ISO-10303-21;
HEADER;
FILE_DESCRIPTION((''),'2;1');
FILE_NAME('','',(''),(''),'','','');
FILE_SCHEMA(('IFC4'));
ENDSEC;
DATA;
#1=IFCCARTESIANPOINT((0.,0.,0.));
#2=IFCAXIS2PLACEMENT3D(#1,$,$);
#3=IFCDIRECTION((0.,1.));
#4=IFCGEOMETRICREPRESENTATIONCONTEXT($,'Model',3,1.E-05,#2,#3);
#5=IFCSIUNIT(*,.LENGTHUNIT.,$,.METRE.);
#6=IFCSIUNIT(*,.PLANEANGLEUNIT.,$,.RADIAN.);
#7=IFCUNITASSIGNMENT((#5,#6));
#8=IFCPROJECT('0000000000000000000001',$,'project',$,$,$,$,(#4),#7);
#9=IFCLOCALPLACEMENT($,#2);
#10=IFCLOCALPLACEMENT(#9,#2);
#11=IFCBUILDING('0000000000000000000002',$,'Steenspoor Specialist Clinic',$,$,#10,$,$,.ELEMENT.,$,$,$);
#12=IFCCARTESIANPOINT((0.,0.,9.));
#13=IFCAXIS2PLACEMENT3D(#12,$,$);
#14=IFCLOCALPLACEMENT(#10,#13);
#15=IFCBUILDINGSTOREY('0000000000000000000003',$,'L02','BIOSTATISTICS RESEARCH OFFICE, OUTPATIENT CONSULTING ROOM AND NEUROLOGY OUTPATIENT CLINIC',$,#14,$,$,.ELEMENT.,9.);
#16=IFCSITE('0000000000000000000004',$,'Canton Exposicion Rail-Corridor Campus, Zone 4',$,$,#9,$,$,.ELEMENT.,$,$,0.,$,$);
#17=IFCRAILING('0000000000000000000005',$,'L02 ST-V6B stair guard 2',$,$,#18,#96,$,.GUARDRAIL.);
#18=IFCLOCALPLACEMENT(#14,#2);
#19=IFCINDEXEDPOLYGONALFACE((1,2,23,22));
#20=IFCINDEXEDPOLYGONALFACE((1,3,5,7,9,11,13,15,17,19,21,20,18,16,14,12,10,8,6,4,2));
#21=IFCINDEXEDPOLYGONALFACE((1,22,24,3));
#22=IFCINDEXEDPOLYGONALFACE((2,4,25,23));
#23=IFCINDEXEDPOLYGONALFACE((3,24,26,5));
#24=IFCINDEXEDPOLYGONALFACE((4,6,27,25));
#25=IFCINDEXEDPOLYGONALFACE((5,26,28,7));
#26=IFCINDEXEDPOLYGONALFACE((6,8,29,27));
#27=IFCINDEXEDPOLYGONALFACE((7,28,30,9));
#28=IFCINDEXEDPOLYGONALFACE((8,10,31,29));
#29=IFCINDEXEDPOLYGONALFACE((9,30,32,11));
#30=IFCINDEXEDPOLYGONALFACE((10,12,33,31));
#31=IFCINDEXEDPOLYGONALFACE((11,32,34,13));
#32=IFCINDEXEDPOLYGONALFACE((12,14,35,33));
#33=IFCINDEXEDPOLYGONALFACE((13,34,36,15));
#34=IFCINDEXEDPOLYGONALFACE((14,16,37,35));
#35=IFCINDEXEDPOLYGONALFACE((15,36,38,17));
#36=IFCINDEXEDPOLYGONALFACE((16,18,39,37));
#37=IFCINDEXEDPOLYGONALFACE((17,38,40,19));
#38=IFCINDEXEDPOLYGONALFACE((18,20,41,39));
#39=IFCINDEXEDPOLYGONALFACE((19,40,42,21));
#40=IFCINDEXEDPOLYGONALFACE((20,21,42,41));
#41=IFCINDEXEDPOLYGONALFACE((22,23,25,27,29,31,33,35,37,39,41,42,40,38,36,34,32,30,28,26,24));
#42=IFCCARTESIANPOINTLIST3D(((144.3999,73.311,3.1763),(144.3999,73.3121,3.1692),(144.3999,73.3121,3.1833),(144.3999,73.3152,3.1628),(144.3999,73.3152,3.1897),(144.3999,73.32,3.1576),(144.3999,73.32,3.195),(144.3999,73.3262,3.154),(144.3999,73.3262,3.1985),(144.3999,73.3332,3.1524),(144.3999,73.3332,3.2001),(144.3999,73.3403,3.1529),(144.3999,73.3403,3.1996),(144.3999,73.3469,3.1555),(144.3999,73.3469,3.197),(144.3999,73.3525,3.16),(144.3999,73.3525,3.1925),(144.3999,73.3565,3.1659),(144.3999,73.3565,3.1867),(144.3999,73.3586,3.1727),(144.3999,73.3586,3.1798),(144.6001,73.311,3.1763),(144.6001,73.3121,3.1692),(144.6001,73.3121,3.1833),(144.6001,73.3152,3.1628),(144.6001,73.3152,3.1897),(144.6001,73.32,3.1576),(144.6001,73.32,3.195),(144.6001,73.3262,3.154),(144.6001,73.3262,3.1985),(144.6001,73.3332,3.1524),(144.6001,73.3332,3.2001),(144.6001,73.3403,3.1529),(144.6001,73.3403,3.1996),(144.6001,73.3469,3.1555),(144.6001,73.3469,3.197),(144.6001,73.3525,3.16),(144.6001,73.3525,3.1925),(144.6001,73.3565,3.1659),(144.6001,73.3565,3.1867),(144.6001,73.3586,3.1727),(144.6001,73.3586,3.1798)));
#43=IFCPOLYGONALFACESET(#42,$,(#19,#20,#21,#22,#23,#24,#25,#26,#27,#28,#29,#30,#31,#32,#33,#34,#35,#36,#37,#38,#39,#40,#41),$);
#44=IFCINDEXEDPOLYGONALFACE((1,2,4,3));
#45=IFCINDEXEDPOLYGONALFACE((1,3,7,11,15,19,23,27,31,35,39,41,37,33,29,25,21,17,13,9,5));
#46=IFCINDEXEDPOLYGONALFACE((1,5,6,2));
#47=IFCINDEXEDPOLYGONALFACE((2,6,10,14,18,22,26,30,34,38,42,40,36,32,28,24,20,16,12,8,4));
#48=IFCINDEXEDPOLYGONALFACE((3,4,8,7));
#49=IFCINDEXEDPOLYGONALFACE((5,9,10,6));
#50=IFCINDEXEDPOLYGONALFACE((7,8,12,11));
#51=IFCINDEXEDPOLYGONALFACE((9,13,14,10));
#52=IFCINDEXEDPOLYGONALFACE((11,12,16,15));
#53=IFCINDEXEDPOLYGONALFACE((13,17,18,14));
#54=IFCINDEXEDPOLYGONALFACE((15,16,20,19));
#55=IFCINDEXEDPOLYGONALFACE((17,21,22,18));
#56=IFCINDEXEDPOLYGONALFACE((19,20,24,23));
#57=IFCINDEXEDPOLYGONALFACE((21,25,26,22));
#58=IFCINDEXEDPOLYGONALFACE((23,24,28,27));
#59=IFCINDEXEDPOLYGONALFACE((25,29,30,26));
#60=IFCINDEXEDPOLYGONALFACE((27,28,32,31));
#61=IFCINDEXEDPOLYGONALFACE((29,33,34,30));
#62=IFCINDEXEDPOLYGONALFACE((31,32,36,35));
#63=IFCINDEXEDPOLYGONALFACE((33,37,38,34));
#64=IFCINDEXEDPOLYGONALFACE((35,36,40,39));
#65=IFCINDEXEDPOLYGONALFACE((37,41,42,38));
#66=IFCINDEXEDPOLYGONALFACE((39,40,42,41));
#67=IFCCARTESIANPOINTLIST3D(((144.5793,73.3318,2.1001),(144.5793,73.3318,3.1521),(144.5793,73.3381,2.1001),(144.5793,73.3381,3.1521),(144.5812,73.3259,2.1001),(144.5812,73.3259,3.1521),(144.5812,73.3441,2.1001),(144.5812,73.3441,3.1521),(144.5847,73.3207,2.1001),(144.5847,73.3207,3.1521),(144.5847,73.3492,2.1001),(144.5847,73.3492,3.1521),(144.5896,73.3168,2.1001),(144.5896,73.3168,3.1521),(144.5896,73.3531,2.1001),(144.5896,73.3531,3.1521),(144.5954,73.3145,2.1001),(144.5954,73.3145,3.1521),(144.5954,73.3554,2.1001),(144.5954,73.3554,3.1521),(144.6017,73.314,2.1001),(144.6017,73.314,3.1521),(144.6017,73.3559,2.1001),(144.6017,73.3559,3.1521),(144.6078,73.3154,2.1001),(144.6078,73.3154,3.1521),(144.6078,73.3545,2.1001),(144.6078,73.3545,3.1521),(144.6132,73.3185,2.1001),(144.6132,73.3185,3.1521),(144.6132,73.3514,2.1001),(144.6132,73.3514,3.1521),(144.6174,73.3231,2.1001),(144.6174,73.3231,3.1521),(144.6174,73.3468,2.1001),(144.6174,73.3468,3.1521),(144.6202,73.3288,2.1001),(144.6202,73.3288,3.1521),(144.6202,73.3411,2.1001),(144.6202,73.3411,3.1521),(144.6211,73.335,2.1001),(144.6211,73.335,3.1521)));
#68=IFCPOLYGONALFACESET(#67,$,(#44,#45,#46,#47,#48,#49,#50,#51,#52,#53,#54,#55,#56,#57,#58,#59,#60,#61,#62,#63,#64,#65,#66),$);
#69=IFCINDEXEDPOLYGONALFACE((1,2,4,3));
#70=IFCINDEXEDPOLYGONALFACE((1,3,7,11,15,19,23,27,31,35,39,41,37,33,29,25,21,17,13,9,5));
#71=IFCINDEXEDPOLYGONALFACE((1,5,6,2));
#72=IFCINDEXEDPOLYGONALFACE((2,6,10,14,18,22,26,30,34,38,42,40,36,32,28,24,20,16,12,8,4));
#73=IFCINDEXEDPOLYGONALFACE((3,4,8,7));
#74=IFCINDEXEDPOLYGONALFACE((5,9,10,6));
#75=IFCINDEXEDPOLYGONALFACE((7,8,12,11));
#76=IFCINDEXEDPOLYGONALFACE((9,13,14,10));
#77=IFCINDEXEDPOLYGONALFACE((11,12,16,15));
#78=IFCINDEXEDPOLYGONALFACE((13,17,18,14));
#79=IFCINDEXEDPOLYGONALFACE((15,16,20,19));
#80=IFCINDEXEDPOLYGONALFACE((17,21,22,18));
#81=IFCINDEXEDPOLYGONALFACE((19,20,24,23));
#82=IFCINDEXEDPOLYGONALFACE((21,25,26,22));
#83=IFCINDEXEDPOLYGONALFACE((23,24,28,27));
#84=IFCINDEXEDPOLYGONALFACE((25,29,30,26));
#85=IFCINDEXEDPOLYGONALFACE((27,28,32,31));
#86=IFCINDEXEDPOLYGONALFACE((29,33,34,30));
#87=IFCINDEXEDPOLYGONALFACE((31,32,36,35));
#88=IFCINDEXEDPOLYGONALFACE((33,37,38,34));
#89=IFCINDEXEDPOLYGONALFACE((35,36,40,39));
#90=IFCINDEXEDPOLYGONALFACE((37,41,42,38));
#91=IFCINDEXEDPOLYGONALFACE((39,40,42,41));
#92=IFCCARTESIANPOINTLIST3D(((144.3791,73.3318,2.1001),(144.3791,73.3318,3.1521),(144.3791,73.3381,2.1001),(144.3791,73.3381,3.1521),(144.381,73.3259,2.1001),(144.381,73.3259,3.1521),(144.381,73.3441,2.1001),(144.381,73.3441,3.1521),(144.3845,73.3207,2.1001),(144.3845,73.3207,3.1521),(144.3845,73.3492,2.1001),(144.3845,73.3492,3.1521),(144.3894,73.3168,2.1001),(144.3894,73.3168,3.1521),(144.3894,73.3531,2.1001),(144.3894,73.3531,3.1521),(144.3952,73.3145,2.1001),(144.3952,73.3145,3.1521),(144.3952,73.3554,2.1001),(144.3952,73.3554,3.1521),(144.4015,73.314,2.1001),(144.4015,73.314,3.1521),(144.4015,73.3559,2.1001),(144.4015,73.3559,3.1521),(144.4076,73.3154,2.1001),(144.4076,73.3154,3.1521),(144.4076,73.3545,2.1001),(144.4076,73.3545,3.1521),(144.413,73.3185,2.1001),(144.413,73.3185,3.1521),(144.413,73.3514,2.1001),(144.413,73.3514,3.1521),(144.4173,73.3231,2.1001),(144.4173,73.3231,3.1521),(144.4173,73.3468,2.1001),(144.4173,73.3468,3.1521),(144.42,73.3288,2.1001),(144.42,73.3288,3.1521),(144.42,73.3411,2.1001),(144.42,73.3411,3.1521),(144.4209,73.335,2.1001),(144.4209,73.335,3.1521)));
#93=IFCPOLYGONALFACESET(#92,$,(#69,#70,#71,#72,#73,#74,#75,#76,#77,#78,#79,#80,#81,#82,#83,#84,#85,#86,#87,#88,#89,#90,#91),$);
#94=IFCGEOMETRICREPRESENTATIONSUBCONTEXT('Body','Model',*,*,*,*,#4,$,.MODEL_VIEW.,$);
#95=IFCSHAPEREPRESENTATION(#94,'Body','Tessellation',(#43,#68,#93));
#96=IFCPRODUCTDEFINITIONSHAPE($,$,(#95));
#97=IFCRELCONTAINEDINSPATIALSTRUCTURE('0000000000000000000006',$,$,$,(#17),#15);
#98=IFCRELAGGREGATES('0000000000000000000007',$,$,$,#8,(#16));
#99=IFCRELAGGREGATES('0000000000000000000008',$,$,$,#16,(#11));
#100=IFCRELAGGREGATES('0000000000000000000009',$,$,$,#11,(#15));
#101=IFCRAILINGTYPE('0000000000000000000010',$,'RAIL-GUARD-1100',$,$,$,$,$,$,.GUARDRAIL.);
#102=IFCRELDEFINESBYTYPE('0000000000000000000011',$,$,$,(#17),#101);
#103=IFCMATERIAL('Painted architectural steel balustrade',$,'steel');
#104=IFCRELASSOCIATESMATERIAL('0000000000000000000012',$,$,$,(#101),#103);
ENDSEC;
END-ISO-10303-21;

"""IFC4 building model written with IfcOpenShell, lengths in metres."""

from ifc_helpers import new_model, si_unit, direction, frame, origin, origin_2d, place, context, subcontext, project, spatial, circle, extrude, material, type_object, element, save


model = new_model("IFC4")

# Units and contexts
model_context = context("Model", 3, precision=1e-05, world=origin(), true_north=direction((0.0, 1.0)))
body_context = subcontext(model_context, "Body", "Model", "MODEL_VIEW")
ifc_project = project(units=[si_unit("LENGTHUNIT", "METRE"), si_unit("PLANEANGLEUNIT", "RADIAN")], contexts=[model_context])

# Site, building, storey
site_placement = place(None, origin())
site = spatial("IfcSite", under=ifc_project, at=site_placement, Name="Canton Exposicion Rail-Corridor Campus, Zone 4", CompositionType="ELEMENT", RefElevation=0.0)
building_placement = place(site_placement, origin())
building = spatial("IfcBuilding", under=site, at=building_placement, Name="Steenspoor Specialist Clinic", CompositionType="ELEMENT")
storey_placement = place(building_placement, frame((0.0, 0.0, 9.0)))
storey = spatial("IfcBuildingStorey", under=building, at=storey_placement, Name="L02", Description="BIOSTATISTICS RESEARCH OFFICE, OUTPATIENT CONSULTING ROOM AND NEUROLOGY OUTPATIENT CLINIC", CompositionType="ELEMENT", Elevation=9.0)

# Railing
ifc_material_1 = material(Name="Painted architectural steel balustrade", Category="steel")
railing_type_1 = type_object("IfcRailingType", Name="RAIL-GUARD-1100", PredefinedType="GUARDRAIL", material=ifc_material_1)
railing_1_placement = place(storey_placement, frame((144.6001, 73.335, 2.1001)))
element("IfcRailing", 1, at=railing_1_placement, inside=storey, type_object=railing_type_1, Name="L02 ST-V6B stair guard 2", PredefinedType="GUARDRAIL", context=body_context, shape_type="SweptSolid", body=[
    extrude(circle(Radius=0.0239, at=origin_2d()), frame((0.0, 0.0, 1.0762), z_axis=(-1.0, 0.0, 0.0), x_axis=(0.0, -1.0, 0.0)), (0.0, 0.0, 1.0), 0.2002),
    extrude(circle(Radius=0.021, at=origin_2d()), origin(), (0.0, 0.0, 1.0), 1.052),
    extrude(circle(Radius=0.021, at=origin_2d()), frame((-0.2002, 0.0, 0.0)), (0.0, 0.0, 1.0), 1.052),
])

save(model, "model.ifc")
